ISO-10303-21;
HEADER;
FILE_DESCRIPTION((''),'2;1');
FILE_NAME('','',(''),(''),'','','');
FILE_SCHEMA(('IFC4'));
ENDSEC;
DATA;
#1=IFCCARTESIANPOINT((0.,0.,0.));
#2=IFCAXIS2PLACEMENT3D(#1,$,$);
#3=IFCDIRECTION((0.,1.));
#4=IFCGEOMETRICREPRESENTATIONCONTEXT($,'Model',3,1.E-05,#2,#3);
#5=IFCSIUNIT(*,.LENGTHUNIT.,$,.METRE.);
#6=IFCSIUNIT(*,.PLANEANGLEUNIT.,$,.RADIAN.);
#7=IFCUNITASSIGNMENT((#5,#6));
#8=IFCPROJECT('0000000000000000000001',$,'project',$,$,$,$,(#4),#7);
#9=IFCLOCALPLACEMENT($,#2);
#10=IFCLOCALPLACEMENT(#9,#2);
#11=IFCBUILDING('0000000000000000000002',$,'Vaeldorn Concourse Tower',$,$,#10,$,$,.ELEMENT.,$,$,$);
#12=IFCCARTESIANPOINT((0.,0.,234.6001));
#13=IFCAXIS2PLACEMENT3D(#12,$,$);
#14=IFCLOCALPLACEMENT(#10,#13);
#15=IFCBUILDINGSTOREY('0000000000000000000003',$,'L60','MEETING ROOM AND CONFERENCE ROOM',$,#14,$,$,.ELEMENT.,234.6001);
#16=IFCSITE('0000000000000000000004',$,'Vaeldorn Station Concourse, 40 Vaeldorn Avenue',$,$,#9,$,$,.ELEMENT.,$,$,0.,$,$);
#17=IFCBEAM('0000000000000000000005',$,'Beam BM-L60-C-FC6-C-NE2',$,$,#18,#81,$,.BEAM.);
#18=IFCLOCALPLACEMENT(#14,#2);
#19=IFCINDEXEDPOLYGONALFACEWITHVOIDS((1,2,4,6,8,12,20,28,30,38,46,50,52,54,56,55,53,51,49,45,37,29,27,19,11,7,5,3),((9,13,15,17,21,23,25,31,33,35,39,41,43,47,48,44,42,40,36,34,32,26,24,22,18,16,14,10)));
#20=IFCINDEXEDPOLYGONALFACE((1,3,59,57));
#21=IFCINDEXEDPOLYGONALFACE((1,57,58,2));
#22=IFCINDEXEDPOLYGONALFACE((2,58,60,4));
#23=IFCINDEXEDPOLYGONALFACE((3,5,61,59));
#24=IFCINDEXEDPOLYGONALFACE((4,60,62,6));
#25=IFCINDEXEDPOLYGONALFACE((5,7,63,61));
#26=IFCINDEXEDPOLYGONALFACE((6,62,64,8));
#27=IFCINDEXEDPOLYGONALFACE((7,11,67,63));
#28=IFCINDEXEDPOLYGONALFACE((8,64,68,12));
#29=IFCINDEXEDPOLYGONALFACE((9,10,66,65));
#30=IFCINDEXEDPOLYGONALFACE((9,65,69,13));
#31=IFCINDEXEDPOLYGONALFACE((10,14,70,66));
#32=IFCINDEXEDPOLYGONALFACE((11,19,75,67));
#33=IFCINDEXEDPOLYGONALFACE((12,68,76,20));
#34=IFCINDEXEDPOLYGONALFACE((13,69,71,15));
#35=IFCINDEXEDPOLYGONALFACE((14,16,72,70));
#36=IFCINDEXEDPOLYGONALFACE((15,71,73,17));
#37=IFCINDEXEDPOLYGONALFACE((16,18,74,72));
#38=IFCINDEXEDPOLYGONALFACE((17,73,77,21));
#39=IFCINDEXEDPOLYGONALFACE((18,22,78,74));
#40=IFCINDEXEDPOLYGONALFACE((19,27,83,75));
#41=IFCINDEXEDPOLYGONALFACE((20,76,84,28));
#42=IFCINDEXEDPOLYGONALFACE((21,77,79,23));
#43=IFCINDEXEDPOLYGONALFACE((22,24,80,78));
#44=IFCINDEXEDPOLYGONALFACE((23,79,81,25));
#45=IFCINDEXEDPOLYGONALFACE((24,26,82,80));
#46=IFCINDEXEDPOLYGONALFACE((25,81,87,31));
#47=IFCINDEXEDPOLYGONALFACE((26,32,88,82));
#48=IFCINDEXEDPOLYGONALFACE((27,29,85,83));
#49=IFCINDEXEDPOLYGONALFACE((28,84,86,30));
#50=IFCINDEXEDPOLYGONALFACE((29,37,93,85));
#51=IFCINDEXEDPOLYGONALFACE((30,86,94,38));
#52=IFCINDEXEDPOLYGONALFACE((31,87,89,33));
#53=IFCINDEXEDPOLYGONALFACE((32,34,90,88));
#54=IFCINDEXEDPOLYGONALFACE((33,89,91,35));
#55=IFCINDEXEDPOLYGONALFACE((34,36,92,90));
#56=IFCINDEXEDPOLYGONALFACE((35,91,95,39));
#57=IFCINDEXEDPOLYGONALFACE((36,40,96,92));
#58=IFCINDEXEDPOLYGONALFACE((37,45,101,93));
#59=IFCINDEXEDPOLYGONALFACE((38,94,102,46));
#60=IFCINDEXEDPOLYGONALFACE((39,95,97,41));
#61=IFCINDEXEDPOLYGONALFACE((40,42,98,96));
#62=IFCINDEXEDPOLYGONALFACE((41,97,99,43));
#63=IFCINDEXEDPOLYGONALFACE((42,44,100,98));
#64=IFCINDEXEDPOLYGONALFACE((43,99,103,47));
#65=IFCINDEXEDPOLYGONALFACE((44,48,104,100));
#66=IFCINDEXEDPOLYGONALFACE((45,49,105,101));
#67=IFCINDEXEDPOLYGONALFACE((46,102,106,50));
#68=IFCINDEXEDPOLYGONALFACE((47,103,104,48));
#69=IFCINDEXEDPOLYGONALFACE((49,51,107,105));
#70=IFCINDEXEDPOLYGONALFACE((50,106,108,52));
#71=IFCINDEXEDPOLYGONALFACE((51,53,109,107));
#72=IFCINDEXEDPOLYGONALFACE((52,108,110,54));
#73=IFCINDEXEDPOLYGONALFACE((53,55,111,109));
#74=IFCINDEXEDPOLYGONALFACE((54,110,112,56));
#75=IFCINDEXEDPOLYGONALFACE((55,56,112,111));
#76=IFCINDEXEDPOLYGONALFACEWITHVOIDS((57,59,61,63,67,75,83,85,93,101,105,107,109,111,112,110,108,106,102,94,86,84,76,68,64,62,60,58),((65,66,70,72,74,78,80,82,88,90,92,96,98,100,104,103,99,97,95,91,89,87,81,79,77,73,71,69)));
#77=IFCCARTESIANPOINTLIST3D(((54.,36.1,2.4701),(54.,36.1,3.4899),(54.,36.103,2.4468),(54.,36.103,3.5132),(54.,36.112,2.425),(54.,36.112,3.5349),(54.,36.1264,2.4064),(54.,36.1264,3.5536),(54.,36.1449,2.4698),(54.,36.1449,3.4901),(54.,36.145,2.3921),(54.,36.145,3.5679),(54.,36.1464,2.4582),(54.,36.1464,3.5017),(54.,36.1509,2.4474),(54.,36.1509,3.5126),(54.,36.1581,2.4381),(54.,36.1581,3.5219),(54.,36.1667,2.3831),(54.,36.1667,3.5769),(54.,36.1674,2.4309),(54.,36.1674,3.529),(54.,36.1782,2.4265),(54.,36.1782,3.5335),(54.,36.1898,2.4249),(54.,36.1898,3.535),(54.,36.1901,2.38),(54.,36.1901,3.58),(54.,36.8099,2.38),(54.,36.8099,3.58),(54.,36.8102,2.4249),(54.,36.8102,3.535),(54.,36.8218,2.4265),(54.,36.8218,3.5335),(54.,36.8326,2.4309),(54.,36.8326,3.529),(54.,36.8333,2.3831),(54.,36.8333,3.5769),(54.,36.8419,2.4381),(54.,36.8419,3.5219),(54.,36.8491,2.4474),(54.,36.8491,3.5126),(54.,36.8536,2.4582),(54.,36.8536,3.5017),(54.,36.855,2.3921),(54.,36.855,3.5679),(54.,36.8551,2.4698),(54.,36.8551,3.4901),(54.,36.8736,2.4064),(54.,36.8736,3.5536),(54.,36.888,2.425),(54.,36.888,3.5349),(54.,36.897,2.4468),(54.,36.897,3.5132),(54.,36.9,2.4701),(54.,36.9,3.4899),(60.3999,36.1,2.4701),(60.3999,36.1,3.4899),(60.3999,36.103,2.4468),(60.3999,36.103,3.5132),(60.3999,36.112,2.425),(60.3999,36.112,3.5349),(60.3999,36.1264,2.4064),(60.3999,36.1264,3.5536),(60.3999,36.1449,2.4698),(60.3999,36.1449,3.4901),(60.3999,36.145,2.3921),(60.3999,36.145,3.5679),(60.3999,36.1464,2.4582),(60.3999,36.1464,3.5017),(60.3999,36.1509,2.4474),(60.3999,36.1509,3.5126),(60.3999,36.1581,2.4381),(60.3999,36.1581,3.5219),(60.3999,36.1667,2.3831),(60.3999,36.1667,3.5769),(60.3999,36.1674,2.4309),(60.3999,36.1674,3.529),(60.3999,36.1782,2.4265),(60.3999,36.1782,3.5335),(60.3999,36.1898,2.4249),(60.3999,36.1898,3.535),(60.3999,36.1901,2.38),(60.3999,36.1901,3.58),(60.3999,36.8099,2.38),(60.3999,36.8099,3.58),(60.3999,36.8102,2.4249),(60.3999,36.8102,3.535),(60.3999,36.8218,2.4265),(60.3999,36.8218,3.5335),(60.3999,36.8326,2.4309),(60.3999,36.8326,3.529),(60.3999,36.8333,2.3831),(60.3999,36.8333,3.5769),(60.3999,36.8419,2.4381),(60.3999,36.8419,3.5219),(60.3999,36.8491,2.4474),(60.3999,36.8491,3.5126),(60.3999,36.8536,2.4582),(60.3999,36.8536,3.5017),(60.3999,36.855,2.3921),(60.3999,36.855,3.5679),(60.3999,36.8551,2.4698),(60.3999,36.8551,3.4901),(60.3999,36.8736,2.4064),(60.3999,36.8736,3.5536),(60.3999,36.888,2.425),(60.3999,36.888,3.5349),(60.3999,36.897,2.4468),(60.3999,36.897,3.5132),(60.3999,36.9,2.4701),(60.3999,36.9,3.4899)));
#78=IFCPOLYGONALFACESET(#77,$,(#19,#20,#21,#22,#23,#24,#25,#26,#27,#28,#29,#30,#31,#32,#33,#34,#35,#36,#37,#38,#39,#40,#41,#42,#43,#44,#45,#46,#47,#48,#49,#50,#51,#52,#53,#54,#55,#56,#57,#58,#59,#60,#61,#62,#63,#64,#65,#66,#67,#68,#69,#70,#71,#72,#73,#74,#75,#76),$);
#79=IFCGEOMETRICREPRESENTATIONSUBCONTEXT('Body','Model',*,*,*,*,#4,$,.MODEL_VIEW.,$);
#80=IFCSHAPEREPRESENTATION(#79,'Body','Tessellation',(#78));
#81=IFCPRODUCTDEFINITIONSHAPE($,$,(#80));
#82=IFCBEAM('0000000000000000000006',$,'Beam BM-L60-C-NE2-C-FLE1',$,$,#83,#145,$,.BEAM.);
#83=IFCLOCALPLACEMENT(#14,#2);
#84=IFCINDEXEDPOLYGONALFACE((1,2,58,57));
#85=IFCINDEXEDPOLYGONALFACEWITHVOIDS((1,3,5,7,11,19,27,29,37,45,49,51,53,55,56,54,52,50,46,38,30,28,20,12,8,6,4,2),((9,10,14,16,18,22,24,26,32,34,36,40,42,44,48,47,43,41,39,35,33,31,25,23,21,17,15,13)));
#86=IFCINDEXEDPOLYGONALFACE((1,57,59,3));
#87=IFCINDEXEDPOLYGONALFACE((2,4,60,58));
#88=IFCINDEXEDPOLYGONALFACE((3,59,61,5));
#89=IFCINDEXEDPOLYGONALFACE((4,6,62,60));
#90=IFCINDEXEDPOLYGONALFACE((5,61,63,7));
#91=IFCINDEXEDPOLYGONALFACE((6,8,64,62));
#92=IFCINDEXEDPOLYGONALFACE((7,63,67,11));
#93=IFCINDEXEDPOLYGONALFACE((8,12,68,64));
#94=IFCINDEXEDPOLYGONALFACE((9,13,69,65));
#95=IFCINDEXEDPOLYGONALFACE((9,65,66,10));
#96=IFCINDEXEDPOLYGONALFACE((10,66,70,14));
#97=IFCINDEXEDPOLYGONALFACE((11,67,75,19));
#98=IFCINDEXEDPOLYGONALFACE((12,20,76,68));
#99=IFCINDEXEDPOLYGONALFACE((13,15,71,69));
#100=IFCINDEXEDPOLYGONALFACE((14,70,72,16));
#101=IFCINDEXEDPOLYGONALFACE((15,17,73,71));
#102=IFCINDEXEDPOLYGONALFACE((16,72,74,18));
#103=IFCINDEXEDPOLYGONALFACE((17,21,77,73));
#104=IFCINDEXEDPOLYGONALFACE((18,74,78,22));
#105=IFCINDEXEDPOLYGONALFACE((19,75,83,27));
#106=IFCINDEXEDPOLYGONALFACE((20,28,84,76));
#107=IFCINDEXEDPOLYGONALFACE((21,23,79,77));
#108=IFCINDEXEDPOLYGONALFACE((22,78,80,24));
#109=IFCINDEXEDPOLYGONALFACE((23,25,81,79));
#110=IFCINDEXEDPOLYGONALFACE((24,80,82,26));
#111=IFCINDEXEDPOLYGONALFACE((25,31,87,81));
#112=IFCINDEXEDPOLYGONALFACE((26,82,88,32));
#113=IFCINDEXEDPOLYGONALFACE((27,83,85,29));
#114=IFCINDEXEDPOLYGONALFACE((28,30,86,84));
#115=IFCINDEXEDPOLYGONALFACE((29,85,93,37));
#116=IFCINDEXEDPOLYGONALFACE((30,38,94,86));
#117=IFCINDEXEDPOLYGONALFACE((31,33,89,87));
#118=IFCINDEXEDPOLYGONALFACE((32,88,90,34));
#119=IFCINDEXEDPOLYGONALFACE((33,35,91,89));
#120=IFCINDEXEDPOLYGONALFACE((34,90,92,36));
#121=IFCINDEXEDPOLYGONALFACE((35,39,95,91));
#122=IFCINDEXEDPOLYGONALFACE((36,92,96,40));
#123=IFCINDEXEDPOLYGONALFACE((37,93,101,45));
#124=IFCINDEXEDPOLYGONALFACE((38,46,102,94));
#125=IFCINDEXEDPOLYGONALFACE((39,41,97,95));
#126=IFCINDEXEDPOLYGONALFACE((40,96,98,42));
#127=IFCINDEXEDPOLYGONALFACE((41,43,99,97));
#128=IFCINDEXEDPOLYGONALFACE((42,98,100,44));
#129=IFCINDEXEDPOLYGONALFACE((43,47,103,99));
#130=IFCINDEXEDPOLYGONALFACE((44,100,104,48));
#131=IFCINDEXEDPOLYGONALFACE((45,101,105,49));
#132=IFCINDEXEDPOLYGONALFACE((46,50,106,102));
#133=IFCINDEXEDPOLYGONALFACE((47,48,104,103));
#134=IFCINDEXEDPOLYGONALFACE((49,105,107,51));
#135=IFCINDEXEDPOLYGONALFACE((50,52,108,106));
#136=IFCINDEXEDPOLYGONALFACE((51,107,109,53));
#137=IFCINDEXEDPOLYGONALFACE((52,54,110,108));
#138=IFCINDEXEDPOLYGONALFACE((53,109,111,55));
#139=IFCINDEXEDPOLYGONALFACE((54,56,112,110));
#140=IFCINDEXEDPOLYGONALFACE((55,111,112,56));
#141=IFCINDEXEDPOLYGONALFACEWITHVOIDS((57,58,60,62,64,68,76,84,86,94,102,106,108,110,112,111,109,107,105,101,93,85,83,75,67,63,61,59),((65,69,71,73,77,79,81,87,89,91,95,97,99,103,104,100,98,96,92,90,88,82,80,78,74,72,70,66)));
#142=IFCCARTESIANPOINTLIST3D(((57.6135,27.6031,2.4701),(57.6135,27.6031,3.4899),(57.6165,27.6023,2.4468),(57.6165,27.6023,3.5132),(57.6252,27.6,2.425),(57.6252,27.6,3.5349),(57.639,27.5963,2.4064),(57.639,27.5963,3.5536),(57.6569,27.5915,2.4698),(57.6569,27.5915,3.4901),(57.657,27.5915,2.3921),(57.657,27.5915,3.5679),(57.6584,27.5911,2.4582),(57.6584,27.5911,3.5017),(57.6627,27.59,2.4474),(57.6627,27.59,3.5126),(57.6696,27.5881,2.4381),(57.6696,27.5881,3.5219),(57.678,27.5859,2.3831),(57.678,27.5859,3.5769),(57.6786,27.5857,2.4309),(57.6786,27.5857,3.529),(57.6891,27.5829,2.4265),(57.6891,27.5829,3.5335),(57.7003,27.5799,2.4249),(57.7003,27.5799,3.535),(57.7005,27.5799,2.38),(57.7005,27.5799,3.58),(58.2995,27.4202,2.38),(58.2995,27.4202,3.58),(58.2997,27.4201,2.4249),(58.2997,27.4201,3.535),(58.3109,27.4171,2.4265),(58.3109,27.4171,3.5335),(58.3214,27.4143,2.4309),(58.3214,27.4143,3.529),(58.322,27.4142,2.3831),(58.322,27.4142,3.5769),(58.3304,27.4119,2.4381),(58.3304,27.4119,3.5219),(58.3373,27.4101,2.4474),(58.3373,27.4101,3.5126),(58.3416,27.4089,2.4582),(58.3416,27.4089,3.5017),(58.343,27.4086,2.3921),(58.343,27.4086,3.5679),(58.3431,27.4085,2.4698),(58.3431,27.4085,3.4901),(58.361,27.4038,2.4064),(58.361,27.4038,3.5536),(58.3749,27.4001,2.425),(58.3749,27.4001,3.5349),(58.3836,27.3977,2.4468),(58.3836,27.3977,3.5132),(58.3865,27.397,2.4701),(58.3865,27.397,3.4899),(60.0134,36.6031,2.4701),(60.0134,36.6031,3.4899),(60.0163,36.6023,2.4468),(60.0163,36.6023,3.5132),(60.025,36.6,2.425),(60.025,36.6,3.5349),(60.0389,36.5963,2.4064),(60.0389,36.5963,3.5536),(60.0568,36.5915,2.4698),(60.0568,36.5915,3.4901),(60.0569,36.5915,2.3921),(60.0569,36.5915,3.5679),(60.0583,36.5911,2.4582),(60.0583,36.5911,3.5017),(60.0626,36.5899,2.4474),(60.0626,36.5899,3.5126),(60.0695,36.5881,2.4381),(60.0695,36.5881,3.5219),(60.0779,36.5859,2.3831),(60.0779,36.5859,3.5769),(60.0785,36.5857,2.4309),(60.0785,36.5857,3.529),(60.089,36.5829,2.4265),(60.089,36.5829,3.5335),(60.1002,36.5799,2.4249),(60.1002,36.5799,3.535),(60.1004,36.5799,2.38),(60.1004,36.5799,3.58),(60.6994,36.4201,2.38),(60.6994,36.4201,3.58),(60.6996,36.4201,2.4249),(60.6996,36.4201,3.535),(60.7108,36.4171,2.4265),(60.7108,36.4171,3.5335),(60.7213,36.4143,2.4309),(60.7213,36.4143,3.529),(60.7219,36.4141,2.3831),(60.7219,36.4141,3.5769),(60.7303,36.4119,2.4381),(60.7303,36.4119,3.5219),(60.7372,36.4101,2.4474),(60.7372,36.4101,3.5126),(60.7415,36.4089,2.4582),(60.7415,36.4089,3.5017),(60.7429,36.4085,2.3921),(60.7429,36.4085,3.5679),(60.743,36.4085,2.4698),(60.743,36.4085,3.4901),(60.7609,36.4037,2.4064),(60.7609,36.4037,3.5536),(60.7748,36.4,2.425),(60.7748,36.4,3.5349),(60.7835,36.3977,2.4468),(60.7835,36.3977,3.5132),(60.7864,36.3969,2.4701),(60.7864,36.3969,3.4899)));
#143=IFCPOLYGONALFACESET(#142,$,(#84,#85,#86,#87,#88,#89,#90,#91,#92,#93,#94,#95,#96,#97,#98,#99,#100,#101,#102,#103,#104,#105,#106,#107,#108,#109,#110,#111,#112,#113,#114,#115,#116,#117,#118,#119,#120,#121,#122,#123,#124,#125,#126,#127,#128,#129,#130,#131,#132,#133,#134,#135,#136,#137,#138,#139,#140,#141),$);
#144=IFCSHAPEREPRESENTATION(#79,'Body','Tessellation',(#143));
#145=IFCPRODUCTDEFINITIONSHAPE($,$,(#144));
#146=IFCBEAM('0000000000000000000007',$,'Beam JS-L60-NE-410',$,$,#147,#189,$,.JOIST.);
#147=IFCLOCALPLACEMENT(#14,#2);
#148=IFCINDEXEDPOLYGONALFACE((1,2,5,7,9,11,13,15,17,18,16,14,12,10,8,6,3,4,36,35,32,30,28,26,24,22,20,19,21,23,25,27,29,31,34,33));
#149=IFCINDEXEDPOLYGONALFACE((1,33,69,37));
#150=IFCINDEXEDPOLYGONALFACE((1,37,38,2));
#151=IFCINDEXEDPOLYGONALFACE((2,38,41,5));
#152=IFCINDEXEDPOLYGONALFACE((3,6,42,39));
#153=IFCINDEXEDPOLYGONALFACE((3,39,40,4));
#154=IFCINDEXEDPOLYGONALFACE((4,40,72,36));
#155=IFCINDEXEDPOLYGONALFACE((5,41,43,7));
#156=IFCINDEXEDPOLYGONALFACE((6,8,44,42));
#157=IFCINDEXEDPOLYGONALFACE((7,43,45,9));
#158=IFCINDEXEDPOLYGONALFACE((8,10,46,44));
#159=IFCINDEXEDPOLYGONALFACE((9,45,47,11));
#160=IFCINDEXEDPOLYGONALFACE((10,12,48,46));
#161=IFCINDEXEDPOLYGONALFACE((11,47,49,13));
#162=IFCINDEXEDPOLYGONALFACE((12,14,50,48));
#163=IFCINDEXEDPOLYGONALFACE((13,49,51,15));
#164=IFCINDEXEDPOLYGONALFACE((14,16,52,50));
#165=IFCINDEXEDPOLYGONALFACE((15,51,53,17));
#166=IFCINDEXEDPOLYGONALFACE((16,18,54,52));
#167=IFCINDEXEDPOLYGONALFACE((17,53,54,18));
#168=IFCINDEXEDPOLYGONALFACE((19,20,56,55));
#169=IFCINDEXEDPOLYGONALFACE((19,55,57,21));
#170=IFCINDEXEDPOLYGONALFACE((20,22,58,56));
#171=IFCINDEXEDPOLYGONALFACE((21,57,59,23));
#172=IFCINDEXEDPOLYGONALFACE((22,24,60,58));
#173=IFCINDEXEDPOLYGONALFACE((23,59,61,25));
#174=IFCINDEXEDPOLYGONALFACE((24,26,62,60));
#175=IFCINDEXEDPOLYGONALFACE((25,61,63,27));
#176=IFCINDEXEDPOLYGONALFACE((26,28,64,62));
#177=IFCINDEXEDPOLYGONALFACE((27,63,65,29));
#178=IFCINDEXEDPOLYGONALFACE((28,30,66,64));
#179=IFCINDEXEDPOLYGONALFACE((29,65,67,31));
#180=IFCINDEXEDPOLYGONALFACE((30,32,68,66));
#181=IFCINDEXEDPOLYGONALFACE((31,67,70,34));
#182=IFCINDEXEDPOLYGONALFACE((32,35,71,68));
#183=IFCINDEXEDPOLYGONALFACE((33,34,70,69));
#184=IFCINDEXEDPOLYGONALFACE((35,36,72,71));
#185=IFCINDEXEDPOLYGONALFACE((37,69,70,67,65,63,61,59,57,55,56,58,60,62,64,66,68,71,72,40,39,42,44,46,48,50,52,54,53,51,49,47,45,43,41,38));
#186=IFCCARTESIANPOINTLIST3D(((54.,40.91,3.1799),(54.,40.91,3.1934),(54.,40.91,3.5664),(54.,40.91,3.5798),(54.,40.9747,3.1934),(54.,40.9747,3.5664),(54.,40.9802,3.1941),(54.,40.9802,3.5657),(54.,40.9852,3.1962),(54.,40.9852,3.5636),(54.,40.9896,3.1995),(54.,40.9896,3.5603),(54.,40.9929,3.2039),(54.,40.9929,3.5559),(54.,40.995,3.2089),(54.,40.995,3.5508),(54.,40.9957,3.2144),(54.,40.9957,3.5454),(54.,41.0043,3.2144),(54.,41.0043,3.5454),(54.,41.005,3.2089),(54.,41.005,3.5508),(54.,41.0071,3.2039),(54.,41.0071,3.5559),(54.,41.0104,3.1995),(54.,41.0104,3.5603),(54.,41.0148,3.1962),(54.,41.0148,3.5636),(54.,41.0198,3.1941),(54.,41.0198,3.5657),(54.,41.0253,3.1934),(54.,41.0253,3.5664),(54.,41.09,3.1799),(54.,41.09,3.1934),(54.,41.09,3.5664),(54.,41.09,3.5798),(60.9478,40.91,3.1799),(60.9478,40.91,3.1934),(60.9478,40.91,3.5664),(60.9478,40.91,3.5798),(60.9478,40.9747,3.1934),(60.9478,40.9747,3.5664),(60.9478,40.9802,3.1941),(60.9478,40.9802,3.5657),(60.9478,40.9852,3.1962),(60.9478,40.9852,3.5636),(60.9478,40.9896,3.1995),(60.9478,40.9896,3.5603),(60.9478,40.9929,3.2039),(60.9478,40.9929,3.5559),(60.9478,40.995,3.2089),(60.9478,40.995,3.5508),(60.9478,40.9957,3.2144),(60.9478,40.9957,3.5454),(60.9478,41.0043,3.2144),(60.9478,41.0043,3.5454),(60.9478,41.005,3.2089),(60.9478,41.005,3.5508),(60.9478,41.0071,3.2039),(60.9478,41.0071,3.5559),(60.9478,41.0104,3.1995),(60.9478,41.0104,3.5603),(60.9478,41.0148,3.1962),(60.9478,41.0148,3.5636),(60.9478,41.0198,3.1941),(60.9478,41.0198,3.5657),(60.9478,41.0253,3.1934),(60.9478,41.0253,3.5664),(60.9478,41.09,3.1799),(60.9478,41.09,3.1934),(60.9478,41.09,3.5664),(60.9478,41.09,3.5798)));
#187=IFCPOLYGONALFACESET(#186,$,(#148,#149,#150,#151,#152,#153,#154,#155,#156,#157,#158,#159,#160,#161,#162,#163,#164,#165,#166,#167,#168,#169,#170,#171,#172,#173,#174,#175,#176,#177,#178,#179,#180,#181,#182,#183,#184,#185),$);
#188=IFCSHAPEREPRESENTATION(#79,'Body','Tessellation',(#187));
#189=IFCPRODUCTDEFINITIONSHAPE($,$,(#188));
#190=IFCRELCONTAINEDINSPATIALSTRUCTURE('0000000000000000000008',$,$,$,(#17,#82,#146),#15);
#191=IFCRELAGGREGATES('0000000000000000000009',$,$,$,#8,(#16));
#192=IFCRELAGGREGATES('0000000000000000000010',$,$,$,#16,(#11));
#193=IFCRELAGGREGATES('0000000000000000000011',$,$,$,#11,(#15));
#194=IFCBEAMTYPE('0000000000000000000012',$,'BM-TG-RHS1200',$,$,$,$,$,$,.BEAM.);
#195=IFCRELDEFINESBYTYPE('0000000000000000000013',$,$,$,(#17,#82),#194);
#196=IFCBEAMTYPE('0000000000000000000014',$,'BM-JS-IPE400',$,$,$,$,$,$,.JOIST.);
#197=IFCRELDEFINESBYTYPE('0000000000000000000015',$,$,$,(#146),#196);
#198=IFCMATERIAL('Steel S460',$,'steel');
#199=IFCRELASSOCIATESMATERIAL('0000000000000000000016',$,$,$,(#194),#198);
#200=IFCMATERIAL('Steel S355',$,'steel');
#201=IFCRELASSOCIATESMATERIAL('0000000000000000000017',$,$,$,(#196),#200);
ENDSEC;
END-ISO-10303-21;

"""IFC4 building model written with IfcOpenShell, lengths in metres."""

from ifc_helpers import new_model, si_unit, direction, frame, origin, origin_2d, place, context, subcontext, project, spatial, hollow_rectangle, i_section, extrude, source, transform, mapped, material, material_profile, profile_set, type_object, element, save


model = new_model("IFC4")

# Units and contexts
model_context = context("Model", 3, precision=1e-05, world=origin(), true_north=direction((0.0, 1.0)))
body_context = subcontext(model_context, "Body", "Model", "MODEL_VIEW")
ifc_project = project(units=[si_unit("LENGTHUNIT", "METRE"), si_unit("PLANEANGLEUNIT", "RADIAN")], contexts=[model_context])

# Site, building, storey
site_placement = place(None, origin())
site = spatial("IfcSite", under=ifc_project, at=site_placement, Name="Vaeldorn Station Concourse, 40 Vaeldorn Avenue", CompositionType="ELEMENT", RefElevation=0.0)
building_placement = place(site_placement, origin())
building = spatial("IfcBuilding", under=site, at=building_placement, Name="Vaeldorn Concourse Tower", CompositionType="ELEMENT")
storey_placement = place(building_placement, frame((0.0, 0.0, 234.6001)))
storey = spatial("IfcBuildingStorey", under=building, at=storey_placement, Name="L60", Description="MEETING ROOM AND CONFERENCE ROOM", CompositionType="ELEMENT", Elevation=234.6001)

# Shared definitions
ifc_material_1 = material(Name="Steel S355", Category="steel")

# Beams
ifc_material_2 = material(Name="Steel S460", Category="steel")
ifc_material_profile_1 = material_profile(ifc_material_2, hollow_rectangle(XDim=0.8, YDim=1.2, WallThickness=0.0449, InnerFilletRadius=0.0449, OuterFilletRadius=0.0901, at=origin_2d()), Name="RHS 1200x800x45")
ifc_profile_set_1 = profile_set([ifc_material_profile_1], Name="Steel S460")
beam_type_1 = type_object("IfcBeamType", Name="BM-TG-RHS1200", PredefinedType="BEAM", material=ifc_profile_set_1)
shared_shape_1 = source(origin(), body_context, "Body", "SweptSolid", [
    extrude(hollow_rectangle(XDim=0.8, YDim=1.2, WallThickness=0.0449, InnerFilletRadius=0.0449, OuterFilletRadius=0.0901, at=origin_2d()), origin(), (0.0, 0.0, 1.0), 6.3999),
])
beam_1_placement = place(storey_placement, frame((54.0, 36.5, 2.98), z_axis=(1.0, 0.0, 0.0), x_axis=(0.0, 1.0, 0.0)))
element("IfcBeam", 1, at=beam_1_placement, inside=storey, type_object=beam_type_1, Name="Beam BM-L60-C-FC6-C-NE2", PredefinedType="BEAM", context=body_context, shape_type="MappedRepresentation", body=[
    mapped(shared_shape_1, transform((0.0, 0.0, 0.0), scale=1.0)),
])
shared_shape_2 = source(origin(), body_context, "Body", "SweptSolid", [
    extrude(hollow_rectangle(XDim=0.8, YDim=1.2, WallThickness=0.0449, InnerFilletRadius=0.0449, OuterFilletRadius=0.0901, at=origin_2d()), origin(), (0.0, 0.0, 1.0), 9.3145),
])
beam_2_placement = place(storey_placement, frame((60.3999, 36.5, 2.98), z_axis=(-0.257653, -0.966238, 0.0), x_axis=(0.966238, -0.257653, 0.0)))
element("IfcBeam", 2, at=beam_2_placement, inside=storey, type_object=beam_type_1, Name="Beam BM-L60-C-NE2-C-FLE1", PredefinedType="BEAM", context=body_context, shape_type="MappedRepresentation", body=[
    mapped(shared_shape_2, transform((0.0, 0.0, 0.0), scale=1.0)),
])
ifc_material_profile_2 = material_profile(ifc_material_1, i_section(OverallWidth=0.1799, OverallDepth=0.3999, WebThickness=0.0085, FlangeThickness=0.0134, FilletRadius=0.021, at=origin_2d()), Name="IPE 400")
ifc_profile_set_2 = profile_set([ifc_material_profile_2], Name="Steel S355")
beam_type_2 = type_object("IfcBeamType", Name="BM-JS-IPE400", PredefinedType="JOIST", material=ifc_profile_set_2)
shared_shape_3 = source(origin(), body_context, "Body", "SweptSolid", [
    extrude(i_section(OverallWidth=0.1799, OverallDepth=0.3999, WebThickness=0.0085, FlangeThickness=0.0134, FilletRadius=0.021, at=origin_2d()), origin(), (0.0, 0.0, 1.0), 6.9478),
])
beam_3_placement = place(storey_placement, frame((54.0, 41.0, 3.3799), z_axis=(1.0, 0.0, 0.0), x_axis=(0.0, 1.0, 0.0)))
element("IfcBeam", 3, at=beam_3_placement, inside=storey, type_object=beam_type_2, Name="Beam JS-L60-NE-410", PredefinedType="JOIST", context=body_context, shape_type="MappedRepresentation", body=[
    mapped(shared_shape_3, transform((0.0, 0.0, 0.0), scale=1.0)),
])

save(model, "model.ifc")
